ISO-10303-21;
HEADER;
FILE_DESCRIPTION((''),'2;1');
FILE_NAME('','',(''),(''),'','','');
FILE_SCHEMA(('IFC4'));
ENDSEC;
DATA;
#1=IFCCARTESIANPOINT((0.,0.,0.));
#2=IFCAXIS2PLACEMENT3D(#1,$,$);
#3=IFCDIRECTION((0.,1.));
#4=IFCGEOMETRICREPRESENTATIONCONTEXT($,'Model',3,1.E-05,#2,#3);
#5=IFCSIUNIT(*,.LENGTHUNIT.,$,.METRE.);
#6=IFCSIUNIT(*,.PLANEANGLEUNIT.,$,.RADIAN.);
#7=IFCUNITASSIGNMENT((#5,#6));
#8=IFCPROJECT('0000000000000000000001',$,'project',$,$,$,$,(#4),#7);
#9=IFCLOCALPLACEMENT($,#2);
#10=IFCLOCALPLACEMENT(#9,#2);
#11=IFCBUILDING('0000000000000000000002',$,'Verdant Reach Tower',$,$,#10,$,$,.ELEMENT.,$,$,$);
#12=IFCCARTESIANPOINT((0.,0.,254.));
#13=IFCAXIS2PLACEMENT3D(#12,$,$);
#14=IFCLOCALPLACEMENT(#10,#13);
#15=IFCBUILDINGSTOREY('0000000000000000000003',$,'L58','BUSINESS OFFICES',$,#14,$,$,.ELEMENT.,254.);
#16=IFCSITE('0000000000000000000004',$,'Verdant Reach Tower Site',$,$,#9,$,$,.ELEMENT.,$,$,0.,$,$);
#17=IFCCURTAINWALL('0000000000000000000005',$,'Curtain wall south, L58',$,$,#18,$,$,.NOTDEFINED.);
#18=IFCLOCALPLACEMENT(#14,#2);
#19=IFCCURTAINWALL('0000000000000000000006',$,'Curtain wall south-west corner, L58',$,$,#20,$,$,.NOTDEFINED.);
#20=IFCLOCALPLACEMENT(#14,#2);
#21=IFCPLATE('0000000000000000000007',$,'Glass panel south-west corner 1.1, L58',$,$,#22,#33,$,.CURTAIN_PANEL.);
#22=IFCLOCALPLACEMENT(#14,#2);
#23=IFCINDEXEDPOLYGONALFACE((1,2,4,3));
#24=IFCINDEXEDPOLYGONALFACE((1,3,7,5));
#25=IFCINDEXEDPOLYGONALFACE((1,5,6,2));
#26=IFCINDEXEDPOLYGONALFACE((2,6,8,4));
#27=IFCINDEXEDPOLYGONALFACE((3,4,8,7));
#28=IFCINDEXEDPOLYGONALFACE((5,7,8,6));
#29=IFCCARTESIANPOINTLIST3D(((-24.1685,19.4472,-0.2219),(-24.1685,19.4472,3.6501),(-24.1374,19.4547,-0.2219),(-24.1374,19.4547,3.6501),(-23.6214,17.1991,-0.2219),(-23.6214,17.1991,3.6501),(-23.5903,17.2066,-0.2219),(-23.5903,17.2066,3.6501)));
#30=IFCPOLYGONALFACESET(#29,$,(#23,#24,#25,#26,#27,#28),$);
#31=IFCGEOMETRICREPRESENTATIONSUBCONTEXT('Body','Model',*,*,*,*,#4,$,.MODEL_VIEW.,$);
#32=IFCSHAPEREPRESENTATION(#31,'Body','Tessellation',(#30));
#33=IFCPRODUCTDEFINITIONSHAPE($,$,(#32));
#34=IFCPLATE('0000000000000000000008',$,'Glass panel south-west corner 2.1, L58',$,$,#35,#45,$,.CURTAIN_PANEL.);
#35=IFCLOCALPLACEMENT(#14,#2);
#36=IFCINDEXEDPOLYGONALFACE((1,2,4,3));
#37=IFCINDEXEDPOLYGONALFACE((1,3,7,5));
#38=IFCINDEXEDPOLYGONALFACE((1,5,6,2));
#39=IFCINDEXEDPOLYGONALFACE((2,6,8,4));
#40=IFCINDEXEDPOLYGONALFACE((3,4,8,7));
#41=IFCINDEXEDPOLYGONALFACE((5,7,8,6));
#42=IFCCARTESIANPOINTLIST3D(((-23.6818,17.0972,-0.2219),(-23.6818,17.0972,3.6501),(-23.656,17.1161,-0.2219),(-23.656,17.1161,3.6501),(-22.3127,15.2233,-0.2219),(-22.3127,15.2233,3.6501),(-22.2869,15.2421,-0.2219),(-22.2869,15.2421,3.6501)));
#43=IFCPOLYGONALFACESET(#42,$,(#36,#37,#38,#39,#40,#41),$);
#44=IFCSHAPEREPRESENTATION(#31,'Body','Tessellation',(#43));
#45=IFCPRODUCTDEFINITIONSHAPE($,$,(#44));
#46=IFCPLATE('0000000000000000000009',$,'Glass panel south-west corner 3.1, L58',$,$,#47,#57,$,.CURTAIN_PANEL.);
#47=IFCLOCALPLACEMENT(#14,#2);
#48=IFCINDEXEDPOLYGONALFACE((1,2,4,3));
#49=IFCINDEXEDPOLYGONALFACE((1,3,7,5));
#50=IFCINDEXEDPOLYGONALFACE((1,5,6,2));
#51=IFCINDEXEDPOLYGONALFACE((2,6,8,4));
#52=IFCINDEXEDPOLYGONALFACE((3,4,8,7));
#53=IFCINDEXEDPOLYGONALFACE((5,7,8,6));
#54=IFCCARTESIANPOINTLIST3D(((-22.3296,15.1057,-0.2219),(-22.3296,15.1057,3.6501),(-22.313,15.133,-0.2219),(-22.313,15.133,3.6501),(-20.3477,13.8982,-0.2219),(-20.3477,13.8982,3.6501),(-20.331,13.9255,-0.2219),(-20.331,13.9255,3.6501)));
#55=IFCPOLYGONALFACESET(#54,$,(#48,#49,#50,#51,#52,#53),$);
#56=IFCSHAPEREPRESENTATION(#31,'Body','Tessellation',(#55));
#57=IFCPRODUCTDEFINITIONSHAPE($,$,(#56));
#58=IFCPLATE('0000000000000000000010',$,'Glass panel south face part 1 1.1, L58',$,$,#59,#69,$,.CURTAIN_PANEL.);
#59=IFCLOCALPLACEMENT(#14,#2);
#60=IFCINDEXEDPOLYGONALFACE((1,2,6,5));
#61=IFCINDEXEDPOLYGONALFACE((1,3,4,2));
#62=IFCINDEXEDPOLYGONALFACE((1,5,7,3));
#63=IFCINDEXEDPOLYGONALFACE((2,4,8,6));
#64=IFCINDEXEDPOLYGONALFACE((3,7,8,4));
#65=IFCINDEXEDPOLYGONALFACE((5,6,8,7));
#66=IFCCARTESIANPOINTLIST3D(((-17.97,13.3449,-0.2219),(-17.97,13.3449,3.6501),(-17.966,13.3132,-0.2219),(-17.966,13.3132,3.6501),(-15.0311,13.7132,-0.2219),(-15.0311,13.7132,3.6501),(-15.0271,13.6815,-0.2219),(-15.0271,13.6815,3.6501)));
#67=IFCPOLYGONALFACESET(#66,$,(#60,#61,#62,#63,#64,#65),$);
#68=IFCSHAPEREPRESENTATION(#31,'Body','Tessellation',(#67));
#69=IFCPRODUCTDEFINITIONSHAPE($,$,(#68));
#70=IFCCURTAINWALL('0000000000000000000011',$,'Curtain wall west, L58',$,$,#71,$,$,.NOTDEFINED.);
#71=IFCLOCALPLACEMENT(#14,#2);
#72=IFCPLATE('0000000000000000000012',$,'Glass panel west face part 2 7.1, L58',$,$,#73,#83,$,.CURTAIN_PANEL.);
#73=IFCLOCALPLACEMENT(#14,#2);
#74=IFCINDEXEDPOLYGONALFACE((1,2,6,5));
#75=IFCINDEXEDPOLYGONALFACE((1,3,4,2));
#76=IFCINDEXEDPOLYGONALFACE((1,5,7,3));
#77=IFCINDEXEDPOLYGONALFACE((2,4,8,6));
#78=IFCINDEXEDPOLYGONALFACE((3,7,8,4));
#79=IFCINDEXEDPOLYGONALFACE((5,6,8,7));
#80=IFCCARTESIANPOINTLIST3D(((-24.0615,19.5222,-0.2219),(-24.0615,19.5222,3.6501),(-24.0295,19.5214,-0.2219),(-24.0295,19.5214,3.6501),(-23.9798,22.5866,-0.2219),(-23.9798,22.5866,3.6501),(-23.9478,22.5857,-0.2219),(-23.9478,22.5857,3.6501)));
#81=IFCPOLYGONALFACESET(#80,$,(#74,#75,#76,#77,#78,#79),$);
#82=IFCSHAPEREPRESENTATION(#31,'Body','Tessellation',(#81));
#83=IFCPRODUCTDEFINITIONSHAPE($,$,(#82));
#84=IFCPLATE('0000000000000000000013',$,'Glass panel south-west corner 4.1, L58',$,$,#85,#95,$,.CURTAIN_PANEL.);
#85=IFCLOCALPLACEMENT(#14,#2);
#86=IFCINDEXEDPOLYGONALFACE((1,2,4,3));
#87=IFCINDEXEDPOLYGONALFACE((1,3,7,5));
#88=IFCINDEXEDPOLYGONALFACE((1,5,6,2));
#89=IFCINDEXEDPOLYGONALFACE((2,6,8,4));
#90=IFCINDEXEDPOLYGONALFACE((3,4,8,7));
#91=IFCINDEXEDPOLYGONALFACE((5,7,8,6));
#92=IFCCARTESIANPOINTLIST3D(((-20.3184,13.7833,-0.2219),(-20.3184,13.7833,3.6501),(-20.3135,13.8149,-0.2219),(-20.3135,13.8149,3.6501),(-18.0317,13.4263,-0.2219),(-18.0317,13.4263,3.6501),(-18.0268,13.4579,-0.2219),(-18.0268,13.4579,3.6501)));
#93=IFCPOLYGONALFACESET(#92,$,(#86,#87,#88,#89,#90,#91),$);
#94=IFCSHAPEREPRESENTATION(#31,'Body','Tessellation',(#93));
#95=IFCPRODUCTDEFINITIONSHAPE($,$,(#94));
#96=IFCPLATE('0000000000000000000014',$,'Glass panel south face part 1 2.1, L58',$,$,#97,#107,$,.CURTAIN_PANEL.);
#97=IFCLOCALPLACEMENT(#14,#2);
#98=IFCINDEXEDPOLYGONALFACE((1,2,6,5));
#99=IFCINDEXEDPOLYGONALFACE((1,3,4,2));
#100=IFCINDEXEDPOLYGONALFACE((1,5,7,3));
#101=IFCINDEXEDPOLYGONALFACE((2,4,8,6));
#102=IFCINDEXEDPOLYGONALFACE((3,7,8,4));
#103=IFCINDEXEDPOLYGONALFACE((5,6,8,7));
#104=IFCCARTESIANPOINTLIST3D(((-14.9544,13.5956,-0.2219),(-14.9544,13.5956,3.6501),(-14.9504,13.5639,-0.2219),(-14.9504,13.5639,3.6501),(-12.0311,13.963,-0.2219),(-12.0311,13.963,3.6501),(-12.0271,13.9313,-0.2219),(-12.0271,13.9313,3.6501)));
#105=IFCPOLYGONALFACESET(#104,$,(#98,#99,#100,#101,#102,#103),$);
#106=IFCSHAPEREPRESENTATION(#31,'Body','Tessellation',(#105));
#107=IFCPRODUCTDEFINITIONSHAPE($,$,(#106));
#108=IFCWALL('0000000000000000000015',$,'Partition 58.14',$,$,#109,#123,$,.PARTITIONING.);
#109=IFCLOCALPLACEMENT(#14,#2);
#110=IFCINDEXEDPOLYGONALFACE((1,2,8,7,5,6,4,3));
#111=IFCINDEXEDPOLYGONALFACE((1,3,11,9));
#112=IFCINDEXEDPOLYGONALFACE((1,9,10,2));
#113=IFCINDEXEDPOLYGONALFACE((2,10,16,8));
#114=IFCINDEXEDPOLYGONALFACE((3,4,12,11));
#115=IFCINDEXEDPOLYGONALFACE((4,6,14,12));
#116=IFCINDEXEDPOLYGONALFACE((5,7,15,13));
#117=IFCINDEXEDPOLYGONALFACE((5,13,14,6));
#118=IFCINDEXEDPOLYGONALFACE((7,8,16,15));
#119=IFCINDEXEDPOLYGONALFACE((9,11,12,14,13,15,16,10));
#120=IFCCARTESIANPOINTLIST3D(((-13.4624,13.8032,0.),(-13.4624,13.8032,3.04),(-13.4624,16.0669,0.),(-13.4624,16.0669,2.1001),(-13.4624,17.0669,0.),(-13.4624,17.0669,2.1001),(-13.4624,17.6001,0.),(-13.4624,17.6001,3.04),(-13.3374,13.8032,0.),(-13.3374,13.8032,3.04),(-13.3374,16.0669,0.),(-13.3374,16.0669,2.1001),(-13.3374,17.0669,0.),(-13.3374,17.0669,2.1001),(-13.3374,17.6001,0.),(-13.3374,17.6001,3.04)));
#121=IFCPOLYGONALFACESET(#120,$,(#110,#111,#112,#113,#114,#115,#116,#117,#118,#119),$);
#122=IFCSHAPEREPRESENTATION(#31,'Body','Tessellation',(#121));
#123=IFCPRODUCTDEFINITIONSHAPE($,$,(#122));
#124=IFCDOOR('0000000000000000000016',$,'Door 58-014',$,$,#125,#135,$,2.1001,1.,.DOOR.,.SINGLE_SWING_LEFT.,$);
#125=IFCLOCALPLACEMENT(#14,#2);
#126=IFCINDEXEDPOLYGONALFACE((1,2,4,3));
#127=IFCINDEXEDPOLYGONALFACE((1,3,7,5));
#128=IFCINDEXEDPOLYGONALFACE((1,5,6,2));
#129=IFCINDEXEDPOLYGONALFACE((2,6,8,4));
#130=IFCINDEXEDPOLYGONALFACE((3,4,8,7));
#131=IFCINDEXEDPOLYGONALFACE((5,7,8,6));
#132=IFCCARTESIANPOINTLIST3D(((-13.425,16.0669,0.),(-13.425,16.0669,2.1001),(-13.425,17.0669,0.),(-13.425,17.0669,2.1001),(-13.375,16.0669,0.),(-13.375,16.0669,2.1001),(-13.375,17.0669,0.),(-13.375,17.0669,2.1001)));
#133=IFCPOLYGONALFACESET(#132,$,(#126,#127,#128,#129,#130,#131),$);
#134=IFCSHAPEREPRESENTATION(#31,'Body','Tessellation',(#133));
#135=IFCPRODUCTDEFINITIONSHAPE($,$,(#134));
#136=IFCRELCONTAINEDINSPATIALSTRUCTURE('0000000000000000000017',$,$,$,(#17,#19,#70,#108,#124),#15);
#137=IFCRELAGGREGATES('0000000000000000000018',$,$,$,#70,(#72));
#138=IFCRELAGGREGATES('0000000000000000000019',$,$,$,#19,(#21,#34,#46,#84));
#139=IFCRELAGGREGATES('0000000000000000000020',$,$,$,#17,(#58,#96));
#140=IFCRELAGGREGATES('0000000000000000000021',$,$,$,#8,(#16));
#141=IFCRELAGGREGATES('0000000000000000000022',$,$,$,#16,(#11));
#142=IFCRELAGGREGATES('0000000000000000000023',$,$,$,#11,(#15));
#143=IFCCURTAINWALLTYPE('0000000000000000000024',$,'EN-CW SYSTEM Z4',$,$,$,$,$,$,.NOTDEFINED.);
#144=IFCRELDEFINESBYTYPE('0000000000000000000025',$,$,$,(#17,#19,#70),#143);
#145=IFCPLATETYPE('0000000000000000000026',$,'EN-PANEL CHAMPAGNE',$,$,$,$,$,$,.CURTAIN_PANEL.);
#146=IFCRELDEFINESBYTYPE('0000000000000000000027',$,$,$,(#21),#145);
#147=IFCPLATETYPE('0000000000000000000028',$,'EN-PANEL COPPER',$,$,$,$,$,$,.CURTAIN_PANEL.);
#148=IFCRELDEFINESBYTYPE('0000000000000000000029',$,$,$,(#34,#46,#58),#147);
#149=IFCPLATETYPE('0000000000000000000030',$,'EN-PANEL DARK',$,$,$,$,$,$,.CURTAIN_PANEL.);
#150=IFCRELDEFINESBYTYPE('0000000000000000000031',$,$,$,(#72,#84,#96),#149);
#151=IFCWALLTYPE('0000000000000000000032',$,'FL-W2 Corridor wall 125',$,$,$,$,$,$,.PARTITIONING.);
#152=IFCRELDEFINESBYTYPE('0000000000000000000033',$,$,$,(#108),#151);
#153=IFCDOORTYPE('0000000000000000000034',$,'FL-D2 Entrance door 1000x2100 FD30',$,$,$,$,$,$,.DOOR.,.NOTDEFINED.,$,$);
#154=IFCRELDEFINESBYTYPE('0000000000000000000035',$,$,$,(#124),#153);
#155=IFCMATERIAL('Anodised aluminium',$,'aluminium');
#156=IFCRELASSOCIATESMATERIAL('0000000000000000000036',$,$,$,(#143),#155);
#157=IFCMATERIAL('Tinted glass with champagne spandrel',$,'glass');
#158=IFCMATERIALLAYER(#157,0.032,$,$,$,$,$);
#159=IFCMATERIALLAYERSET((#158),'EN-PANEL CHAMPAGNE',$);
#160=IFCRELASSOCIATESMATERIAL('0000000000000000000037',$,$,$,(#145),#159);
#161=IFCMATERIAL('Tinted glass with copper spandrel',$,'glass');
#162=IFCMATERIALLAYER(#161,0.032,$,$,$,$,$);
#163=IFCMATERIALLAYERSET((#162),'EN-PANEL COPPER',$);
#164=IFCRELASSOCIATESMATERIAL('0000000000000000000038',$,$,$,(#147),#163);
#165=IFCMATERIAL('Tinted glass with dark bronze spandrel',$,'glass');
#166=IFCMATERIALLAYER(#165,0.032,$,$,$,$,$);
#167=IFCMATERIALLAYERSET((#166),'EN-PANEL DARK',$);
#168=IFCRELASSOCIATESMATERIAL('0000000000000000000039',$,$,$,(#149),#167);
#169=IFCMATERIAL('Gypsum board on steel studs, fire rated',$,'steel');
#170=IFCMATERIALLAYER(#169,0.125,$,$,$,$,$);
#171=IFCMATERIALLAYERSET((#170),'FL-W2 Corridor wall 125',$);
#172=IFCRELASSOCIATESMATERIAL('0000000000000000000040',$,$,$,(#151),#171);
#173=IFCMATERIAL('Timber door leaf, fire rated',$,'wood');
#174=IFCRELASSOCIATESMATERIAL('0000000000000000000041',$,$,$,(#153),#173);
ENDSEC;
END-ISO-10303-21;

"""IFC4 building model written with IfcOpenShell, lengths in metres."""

from ifc_helpers import new_model, si_unit, direction, frame, frame_2d, origin, origin_2d, place, context, subcontext, project, spatial, rectangle, extrude, material, layer, layer_set, type_object, element, fill, aggregate, save


model = new_model("IFC4")

# Units and contexts
model_context = context("Model", 3, precision=1e-05, world=origin(), true_north=direction((0.0, 1.0)))
body_context = subcontext(model_context, "Body", "Model", "MODEL_VIEW")
ifc_project = project(units=[si_unit("LENGTHUNIT", "METRE"), si_unit("PLANEANGLEUNIT", "RADIAN")], contexts=[model_context])

# Site, building, storey
site_placement = place(None, origin())
site = spatial("IfcSite", under=ifc_project, at=site_placement, Name="Verdant Reach Tower Site", CompositionType="ELEMENT", RefElevation=0.0)
building_placement = place(site_placement, origin())
building = spatial("IfcBuilding", under=site, at=building_placement, Name="Verdant Reach Tower", CompositionType="ELEMENT")
storey_placement = place(building_placement, frame((0.0, 0.0, 254.0)))
storey = spatial("IfcBuildingStorey", under=building, at=storey_placement, Name="L58", Description="BUSINESS OFFICES", CompositionType="ELEMENT", Elevation=254.0)

# Curtain wall
ifc_material_1 = material(Name="Anodised aluminium", Category="aluminium")
curtain_wall_type = type_object("IfcCurtainWallType", Name="EN-CW SYSTEM Z4", PredefinedType="NOTDEFINED", material=ifc_material_1)
curtain_wall_1_placement = place(storey_placement, origin())
curtain_wall_1 = element("IfcCurtainWall", 1, at=curtain_wall_1_placement, inside=storey, type_object=curtain_wall_type, Name="Curtain wall south, L58", PredefinedType="NOTDEFINED")

# Curtain wall, plates
curtain_wall_2_placement = place(storey_placement, origin())
curtain_wall_2 = element("IfcCurtainWall", 2, at=curtain_wall_2_placement, inside=storey, type_object=curtain_wall_type, Name="Curtain wall south-west corner, L58", PredefinedType="NOTDEFINED")
ifc_material_2 = material(Name="Tinted glass with champagne spandrel", Category="glass")
ifc_layer_1 = layer(ifc_material_2, 0.032)
ifc_layer_set_1 = layer_set([ifc_layer_1], Name="EN-PANEL CHAMPAGNE")
plate_type_1 = type_object("IfcPlateType", Name="EN-PANEL CHAMPAGNE", PredefinedType="CURTAIN_PANEL", material=ifc_layer_set_1)
plate_1_placement = place(storey_placement, frame((-23.8794, 18.3269, -0.2219), z_axis=(0.0, 0.0, 1.0), x_axis=(0.236459, -0.971642, 0.0)))
plate_1 = element("IfcPlate", 3, at=plate_1_placement, type_object=plate_type_1, Name="Glass panel south-west corner 1.1, L58", PredefinedType="CURTAIN_PANEL", context=body_context, shape_type="SweptSolid", body=[
    extrude(rectangle(XDim=2.3137, YDim=0.032, at=origin_2d()), origin(), (0.0, 0.0, 1.0), 3.8721),
])
ifc_material_3 = material(Name="Tinted glass with copper spandrel", Category="glass")
ifc_layer_2 = layer(ifc_material_3, 0.032)
ifc_layer_set_2 = layer_set([ifc_layer_2], Name="EN-PANEL COPPER")
plate_type_2 = type_object("IfcPlateType", Name="EN-PANEL COPPER", PredefinedType="CURTAIN_PANEL", material=ifc_layer_set_2)
plate_2_placement = place(storey_placement, frame((-22.9844, 16.1697, -0.2219), z_axis=(0.0, 0.0, 1.0), x_axis=(0.589927, -0.807457, 0.0)))
plate_2 = element("IfcPlate", 4, at=plate_2_placement, type_object=plate_type_2, Name="Glass panel south-west corner 2.1, L58", PredefinedType="CURTAIN_PANEL", context=body_context, shape_type="SweptSolid", body=[
    extrude(rectangle(XDim=2.3208, YDim=0.032, at=origin_2d()), origin(), (0.0, 0.0, 1.0), 3.8721),
])
plate_3_placement = place(storey_placement, frame((-21.3303, 14.5156, -0.2219), z_axis=(0.0, 0.0, 1.0), x_axis=(0.853989, -0.520292, 0.0)))
plate_3 = element("IfcPlate", 5, at=plate_3_placement, type_object=plate_type_2, Name="Glass panel south-west corner 3.1, L58", PredefinedType="CURTAIN_PANEL", context=body_context, shape_type="SweptSolid", body=[
    extrude(rectangle(XDim=2.3208, YDim=0.032, at=origin_2d()), origin(), (0.0, 0.0, 1.0), 3.8721),
])

# Plate
plate_4_placement = place(storey_placement, frame((-16.4985, 13.5132, -0.2219), z_axis=(0.0, 0.0, 1.0), x_axis=(0.992239, 0.124346, 0.0)))
plate_4 = element("IfcPlate", 6, at=plate_4_placement, type_object=plate_type_2, Name="Glass panel south face part 1 1.1, L58", PredefinedType="CURTAIN_PANEL", context=body_context, shape_type="SweptSolid", body=[
    extrude(rectangle(XDim=2.9619, YDim=0.032, at=origin_2d()), origin(), (0.0, 0.0, 1.0), 3.8721),
])

# Curtain wall, plate
curtain_wall_3_placement = place(storey_placement, origin())
curtain_wall_3 = element("IfcCurtainWall", 7, at=curtain_wall_3_placement, inside=storey, type_object=curtain_wall_type, Name="Curtain wall west, L58", PredefinedType="NOTDEFINED")
ifc_material_4 = material(Name="Tinted glass with dark bronze spandrel", Category="glass")
ifc_layer_3 = layer(ifc_material_4, 0.032)
ifc_layer_set_3 = layer_set([ifc_layer_3], Name="EN-PANEL DARK")
plate_type_3 = type_object("IfcPlateType", Name="EN-PANEL DARK", PredefinedType="CURTAIN_PANEL", material=ifc_layer_set_3)
plate_5_placement = place(storey_placement, frame((-24.0046, 21.054, -0.2219), z_axis=(0.0, 0.0, 1.0), x_axis=(-0.026651, -0.999645, 0.0)))
plate_5 = element("IfcPlate", 8, at=plate_5_placement, type_object=plate_type_3, Name="Glass panel west face part 2 7.1, L58", PredefinedType="CURTAIN_PANEL", context=body_context, shape_type="SweptSolid", body=[
    extrude(rectangle(XDim=3.0654, YDim=0.032, at=origin_2d()), origin(), (0.0, 0.0, 1.0), 3.8721),
])
aggregate(curtain_wall_3, [plate_5])

# Plates
plate_6_placement = place(storey_placement, frame((-19.1726, 13.6206, -0.2219), z_axis=(0.0, 0.0, 1.0), x_axis=(0.988027, -0.154279, 0.0)))
plate_6 = element("IfcPlate", 9, at=plate_6_placement, type_object=plate_type_3, Name="Glass panel south-west corner 4.1, L58", PredefinedType="CURTAIN_PANEL", context=body_context, shape_type="SweptSolid", body=[
    extrude(rectangle(XDim=2.3145, YDim=0.032, at=origin_2d()), origin(), (0.0, 0.0, 1.0), 3.8721),
])
aggregate(curtain_wall_2, [plate_1, plate_2, plate_3, plate_6])
plate_7_placement = place(storey_placement, frame((-13.4907, 13.7634, -0.2219), z_axis=(0.0, 0.0, 1.0), x_axis=(0.992194, 0.124704, 0.0)))
plate_7 = element("IfcPlate", 10, at=plate_7_placement, type_object=plate_type_3, Name="Glass panel south face part 1 2.1, L58", PredefinedType="CURTAIN_PANEL", context=body_context, shape_type="SweptSolid", body=[
    extrude(rectangle(XDim=2.9463, YDim=0.032, at=origin_2d()), origin(), (0.0, 0.0, 1.0), 3.8721),
])
aggregate(curtain_wall_1, [plate_4, plate_7])

# Wall, opening, door
ifc_material_5 = material(Name="Gypsum board on steel studs, fire rated", Category="steel")
ifc_layer_4 = layer(ifc_material_5, 0.125)
ifc_layer_set_4 = layer_set([ifc_layer_4], Name="FL-W2 Corridor wall 125")
wall_type = type_object("IfcWallType", Name="FL-W2 Corridor wall 125", PredefinedType="PARTITIONING", material=ifc_layer_set_4)
ifc_material_6 = material(Name="Timber door leaf, fire rated", Category="wood")
door_type = type_object("IfcDoorType", Name="FL-D2 Entrance door 1000x2100 FD30", OperationType="NOTDEFINED", PredefinedType="DOOR", material=ifc_material_6)
wall_1_placement = place(storey_placement, frame((-13.3999, 17.6001, 0.0), z_axis=(0.0, 0.0, 1.0), x_axis=(0.0, -1.0, 0.0)))
wall_1 = element("IfcWall", 11, at=wall_1_placement, inside=storey, type_object=wall_type, Name="Partition 58.14", PredefinedType="PARTITIONING", context=body_context, shape_type="SweptSolid", body=[
    extrude(rectangle(XDim=3.7969, YDim=0.125, at=frame_2d((1.8984, 0.0))), origin(), (0.0, 0.0, 1.0), 3.04),
])
opening_1_placement = place(wall_1_placement, frame((0.5332, 0.0, 0.0)))
opening_1 = element("IfcOpeningElement", 12, at=opening_1_placement, cuts=wall_1, PredefinedType="OPENING", context=body_context, shape_type="SweptSolid", body=[
    extrude(rectangle(XDim=1.0, YDim=2.1001, at=frame_2d((0.5, 1.05))), frame((0.0, 0.0725, 0.0), z_axis=(0.0, -1.0, 0.0), x_axis=(1.0, 0.0, 0.0)), (0.0, 0.0, 1.0), 0.145),
])
door_1_placement = place(opening_1_placement, origin())
door_1 = element("IfcDoor", 13, at=door_1_placement, inside=storey, type_object=door_type, Name="Door 58-014", OperationType="SINGLE_SWING_LEFT", OverallHeight=2.1001, OverallWidth=1.0, PredefinedType="DOOR", context=body_context, shape_type="SweptSolid", body=[
    extrude(rectangle(XDim=1.0, YDim=2.1001, at=frame_2d((0.5, 1.05))), frame((0.0, 0.0249, 0.0), z_axis=(0.0, -1.0, 0.0), x_axis=(1.0, 0.0, 0.0)), (0.0, 0.0, 1.0), 0.05),
])
fill(opening_1, door_1)

save(model, "model.ifc")
